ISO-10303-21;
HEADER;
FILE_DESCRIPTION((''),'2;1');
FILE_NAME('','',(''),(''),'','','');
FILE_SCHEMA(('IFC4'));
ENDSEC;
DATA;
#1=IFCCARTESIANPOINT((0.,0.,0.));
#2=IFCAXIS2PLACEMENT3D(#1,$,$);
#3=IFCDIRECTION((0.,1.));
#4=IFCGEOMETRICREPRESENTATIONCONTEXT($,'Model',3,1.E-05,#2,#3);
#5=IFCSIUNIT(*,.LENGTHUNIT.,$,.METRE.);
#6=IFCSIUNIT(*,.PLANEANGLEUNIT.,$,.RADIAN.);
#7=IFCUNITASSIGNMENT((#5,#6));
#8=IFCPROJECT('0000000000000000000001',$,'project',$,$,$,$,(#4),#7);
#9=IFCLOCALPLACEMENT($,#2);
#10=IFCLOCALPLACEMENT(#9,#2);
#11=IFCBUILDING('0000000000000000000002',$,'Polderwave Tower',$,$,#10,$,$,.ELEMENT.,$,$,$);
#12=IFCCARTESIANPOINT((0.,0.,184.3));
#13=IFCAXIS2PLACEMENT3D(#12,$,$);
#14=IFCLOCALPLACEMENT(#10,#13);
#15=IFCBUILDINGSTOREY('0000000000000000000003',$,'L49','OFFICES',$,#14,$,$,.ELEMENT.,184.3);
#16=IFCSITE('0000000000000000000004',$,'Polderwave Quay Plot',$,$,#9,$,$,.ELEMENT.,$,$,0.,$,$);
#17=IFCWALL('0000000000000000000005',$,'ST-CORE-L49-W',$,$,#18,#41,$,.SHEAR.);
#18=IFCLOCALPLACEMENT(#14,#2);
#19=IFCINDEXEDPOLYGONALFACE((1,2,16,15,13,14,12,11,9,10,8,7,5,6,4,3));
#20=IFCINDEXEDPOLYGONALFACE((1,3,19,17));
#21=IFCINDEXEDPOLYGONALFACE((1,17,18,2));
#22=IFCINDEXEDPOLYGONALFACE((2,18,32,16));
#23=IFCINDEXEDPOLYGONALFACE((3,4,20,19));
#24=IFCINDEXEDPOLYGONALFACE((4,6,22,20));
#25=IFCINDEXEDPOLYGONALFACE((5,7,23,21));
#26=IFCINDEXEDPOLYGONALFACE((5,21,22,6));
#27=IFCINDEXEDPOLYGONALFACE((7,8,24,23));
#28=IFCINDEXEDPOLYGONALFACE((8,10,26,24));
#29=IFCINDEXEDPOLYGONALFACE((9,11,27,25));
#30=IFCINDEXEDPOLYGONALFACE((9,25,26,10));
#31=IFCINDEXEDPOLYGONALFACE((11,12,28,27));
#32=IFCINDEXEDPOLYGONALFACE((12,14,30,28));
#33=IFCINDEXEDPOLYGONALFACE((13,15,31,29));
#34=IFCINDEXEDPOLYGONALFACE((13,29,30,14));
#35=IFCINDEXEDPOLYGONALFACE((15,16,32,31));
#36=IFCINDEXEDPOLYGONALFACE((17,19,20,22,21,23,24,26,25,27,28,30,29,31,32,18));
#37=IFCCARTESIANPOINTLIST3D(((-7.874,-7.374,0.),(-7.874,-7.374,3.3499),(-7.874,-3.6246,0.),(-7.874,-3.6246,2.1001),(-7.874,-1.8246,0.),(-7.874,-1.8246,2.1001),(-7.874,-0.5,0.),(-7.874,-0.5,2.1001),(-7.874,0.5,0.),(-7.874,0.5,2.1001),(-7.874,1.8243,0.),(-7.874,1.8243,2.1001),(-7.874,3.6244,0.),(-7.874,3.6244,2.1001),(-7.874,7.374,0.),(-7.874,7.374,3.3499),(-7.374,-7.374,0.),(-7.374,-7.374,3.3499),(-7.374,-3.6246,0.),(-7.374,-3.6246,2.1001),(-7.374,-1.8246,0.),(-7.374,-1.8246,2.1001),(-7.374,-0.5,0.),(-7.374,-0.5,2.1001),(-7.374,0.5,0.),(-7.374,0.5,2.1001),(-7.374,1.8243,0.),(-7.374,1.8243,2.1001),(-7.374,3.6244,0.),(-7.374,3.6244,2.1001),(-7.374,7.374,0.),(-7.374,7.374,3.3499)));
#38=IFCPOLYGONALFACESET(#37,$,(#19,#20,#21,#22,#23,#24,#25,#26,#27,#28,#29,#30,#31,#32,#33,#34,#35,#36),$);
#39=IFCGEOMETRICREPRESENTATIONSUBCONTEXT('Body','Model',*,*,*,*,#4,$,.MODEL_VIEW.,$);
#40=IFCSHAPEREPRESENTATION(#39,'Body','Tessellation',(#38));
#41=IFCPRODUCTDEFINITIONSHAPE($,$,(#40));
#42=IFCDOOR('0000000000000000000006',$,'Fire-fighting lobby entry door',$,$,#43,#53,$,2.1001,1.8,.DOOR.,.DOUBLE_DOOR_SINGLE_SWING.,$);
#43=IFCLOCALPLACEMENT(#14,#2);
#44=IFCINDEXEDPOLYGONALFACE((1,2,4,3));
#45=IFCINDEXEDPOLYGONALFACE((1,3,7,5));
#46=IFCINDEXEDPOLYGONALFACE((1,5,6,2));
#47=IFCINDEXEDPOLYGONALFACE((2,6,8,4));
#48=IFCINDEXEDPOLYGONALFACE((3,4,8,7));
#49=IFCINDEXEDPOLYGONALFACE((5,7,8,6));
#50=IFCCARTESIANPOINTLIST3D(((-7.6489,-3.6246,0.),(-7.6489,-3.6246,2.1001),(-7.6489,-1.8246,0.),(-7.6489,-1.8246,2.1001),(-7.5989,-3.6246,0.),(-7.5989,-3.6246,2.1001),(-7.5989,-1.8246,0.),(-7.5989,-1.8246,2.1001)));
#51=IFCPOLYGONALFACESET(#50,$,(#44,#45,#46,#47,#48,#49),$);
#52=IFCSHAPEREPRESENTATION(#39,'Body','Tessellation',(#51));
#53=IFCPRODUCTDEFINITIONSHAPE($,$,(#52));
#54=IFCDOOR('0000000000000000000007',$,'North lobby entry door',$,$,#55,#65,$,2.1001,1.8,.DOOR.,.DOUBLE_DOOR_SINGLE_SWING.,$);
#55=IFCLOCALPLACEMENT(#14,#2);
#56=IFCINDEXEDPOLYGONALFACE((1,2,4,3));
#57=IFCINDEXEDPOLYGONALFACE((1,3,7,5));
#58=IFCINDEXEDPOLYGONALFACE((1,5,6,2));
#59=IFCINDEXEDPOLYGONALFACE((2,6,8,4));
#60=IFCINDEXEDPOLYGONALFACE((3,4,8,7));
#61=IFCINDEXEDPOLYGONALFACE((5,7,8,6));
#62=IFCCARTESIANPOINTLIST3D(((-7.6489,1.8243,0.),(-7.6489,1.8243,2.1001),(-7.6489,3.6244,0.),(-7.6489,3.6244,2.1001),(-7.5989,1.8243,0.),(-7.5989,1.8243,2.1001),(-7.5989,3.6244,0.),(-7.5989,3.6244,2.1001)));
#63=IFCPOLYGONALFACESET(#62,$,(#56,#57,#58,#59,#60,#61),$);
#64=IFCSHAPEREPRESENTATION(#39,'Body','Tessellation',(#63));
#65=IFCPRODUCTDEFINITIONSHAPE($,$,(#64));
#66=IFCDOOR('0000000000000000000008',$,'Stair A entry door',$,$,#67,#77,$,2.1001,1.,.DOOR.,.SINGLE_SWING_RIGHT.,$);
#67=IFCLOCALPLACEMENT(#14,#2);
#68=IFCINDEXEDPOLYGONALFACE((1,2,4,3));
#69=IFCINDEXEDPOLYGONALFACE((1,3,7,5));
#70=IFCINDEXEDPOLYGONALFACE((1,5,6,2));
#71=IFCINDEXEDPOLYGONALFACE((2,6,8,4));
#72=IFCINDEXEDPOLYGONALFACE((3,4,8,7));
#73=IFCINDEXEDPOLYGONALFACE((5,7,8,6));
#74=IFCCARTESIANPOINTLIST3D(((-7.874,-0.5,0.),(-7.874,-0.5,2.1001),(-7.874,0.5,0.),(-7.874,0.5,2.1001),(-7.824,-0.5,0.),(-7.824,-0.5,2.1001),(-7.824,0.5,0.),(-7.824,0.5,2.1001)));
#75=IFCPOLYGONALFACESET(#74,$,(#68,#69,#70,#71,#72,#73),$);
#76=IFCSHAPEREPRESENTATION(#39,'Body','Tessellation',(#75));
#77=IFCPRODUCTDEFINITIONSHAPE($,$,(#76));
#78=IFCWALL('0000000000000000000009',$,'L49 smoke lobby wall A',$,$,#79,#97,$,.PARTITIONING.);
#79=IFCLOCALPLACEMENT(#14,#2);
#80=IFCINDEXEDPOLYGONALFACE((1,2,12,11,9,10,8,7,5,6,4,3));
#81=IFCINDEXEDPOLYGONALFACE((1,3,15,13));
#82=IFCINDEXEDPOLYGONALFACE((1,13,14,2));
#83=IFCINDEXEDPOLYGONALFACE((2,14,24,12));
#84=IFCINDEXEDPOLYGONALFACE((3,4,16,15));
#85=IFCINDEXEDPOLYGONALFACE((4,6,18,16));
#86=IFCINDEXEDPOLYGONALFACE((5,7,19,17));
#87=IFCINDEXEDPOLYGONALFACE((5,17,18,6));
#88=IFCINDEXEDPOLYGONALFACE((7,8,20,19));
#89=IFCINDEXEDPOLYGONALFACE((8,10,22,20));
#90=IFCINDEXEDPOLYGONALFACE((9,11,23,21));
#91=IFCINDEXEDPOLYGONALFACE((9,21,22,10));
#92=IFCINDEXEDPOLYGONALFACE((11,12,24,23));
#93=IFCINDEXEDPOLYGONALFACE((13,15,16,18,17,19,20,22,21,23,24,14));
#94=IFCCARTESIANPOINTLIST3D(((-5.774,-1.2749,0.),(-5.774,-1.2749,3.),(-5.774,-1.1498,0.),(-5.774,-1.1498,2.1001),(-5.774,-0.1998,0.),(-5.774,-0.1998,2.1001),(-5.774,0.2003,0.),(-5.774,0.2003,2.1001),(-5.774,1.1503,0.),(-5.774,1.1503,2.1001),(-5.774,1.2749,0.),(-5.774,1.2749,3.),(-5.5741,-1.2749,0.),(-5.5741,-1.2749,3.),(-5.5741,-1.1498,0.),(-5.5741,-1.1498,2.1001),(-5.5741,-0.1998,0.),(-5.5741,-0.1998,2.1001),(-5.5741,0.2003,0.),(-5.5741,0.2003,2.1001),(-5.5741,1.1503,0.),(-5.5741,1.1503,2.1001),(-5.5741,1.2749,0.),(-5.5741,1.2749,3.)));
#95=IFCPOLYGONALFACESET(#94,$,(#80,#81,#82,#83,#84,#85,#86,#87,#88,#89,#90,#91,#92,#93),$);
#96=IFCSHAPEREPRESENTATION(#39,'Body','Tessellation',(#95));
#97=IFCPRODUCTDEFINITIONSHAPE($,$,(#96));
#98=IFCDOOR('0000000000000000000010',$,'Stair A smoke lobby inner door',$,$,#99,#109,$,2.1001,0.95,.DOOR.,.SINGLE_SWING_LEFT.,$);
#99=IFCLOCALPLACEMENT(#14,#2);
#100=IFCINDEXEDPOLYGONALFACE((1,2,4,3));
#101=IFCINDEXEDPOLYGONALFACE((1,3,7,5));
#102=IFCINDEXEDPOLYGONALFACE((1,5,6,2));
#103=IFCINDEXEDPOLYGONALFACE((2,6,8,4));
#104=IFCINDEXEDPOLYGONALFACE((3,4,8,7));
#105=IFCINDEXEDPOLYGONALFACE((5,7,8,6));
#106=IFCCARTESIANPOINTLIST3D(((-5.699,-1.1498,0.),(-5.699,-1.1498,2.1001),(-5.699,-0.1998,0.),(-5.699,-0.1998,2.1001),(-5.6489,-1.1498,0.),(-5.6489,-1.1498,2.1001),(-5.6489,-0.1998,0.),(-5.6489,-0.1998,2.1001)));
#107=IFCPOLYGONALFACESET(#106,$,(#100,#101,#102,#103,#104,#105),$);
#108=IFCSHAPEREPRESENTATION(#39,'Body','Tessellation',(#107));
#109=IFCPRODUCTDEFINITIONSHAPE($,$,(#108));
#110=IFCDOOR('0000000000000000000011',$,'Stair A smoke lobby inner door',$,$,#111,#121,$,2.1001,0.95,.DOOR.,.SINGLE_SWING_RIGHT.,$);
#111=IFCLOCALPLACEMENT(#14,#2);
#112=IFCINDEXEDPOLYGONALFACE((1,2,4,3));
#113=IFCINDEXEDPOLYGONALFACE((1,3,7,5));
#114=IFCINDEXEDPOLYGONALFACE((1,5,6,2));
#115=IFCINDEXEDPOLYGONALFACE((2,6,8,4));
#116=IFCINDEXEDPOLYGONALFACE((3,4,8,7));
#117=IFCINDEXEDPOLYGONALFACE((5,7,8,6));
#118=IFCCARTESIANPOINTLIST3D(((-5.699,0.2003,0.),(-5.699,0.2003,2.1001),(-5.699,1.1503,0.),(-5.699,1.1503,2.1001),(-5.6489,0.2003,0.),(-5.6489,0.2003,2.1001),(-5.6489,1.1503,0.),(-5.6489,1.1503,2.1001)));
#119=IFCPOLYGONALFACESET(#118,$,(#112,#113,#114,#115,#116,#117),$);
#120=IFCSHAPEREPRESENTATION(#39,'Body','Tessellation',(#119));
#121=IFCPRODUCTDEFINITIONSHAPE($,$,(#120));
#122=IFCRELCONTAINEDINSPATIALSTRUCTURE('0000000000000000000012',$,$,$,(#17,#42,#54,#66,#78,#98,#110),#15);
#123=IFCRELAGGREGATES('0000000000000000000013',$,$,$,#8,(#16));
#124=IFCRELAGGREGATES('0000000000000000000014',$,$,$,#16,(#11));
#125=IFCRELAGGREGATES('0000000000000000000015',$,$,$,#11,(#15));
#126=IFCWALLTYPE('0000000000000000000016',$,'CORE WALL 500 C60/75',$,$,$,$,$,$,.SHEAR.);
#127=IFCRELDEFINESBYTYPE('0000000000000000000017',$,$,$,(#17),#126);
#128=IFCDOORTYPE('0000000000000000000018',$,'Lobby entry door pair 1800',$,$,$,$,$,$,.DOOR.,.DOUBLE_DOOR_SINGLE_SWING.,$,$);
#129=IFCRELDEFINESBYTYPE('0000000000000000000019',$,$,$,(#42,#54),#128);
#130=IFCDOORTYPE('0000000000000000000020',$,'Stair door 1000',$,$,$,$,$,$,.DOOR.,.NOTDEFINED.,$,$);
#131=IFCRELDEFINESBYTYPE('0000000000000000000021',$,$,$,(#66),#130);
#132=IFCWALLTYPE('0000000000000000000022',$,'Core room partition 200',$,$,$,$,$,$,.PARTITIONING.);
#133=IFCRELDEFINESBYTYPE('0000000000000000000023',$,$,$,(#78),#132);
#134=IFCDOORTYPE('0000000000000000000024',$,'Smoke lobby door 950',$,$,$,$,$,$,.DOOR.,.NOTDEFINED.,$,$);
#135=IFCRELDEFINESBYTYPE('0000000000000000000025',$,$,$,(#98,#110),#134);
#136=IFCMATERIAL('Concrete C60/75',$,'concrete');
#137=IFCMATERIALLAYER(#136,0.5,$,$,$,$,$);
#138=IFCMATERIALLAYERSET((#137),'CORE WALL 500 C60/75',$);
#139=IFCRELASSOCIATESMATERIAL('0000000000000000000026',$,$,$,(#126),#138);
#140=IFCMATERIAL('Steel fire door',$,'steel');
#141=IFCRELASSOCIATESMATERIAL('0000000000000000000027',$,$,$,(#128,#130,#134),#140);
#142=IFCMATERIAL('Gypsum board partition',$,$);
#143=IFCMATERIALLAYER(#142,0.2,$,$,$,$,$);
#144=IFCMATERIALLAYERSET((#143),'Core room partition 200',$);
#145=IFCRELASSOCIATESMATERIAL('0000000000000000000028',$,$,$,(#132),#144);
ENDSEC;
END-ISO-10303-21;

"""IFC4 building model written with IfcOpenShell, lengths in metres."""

from ifc_helpers import new_model, si_unit, direction, frame, frame_2d, origin, place, context, subcontext, project, spatial, rectangle, extrude, material, layer, layer_set, type_object, element, fill, save


model = new_model("IFC4")

# Units and contexts
model_context = context("Model", 3, precision=1e-05, world=origin(), true_north=direction((0.0, 1.0)))
body_context = subcontext(model_context, "Body", "Model", "MODEL_VIEW")
ifc_project = project(units=[si_unit("LENGTHUNIT", "METRE"), si_unit("PLANEANGLEUNIT", "RADIAN")], contexts=[model_context])

# Site, building, storey
site_placement = place(None, origin())
site = spatial("IfcSite", under=ifc_project, at=site_placement, Name="Polderwave Quay Plot", CompositionType="ELEMENT", RefElevation=0.0)
building_placement = place(site_placement, origin())
building = spatial("IfcBuilding", under=site, at=building_placement, Name="Polderwave Tower", CompositionType="ELEMENT")
storey_placement = place(building_placement, frame((0.0, 0.0, 184.3)))
storey = spatial("IfcBuildingStorey", under=building, at=storey_placement, Name="L49", Description="OFFICES", CompositionType="ELEMENT", Elevation=184.3)

# Walls, openings, doors
ifc_material_1 = material(Name="Concrete C60/75", Category="concrete")
ifc_layer_1 = layer(ifc_material_1, 0.5)
ifc_layer_set_1 = layer_set([ifc_layer_1], Name="CORE WALL 500 C60/75")
wall_type_1 = type_object("IfcWallType", Name="CORE WALL 500 C60/75", PredefinedType="SHEAR", material=ifc_layer_set_1)
wall_1_placement = place(storey_placement, frame((-7.624, -7.374, 0.0), z_axis=(0.0, 0.0, 1.0), x_axis=(0.0, 1.0, 0.0)))
wall_1 = element("IfcWall", 1, at=wall_1_placement, inside=storey, type_object=wall_type_1, Name="ST-CORE-L49-W", PredefinedType="SHEAR", context=body_context, shape_type="SweptSolid", body=[
    extrude(rectangle(XDim=14.748, YDim=0.5, at=frame_2d((7.374, 0.0))), origin(), (0.0, 0.0, 1.0), 3.3499),
])
opening_1_placement = place(wall_1_placement, frame((6.874, 0.0, 0.0)))
opening_1 = element("IfcOpeningElement", 2, at=opening_1_placement, cuts=wall_1, PredefinedType="OPENING", context=body_context, shape_type="SweptSolid", body=[
    extrude(rectangle(XDim=1.0, YDim=2.1001, at=frame_2d((0.5, 1.05))), frame((0.0, 0.26, 0.0), z_axis=(0.0, -1.0, 0.0), x_axis=(1.0, 0.0, 0.0)), (0.0, 0.0, 1.0), 0.52),
])
opening_2_placement = place(wall_1_placement, frame((3.7495, 0.0, 0.0)))
opening_2 = element("IfcOpeningElement", 3, at=opening_2_placement, cuts=wall_1, PredefinedType="OPENING", context=body_context, shape_type="SweptSolid", body=[
    extrude(rectangle(XDim=1.8, YDim=2.1001, at=frame_2d((0.8999, 1.05))), frame((0.0, 0.26, 0.0), z_axis=(0.0, -1.0, 0.0), x_axis=(1.0, 0.0, 0.0)), (0.0, 0.0, 1.0), 0.52),
])
opening_3_placement = place(wall_1_placement, frame((9.1985, 0.0, 0.0)))
opening_3 = element("IfcOpeningElement", 4, at=opening_3_placement, cuts=wall_1, PredefinedType="OPENING", context=body_context, shape_type="SweptSolid", body=[
    extrude(rectangle(XDim=1.8, YDim=2.1001, at=frame_2d((0.8999, 1.05))), frame((0.0, 0.26, 0.0), z_axis=(0.0, -1.0, 0.0), x_axis=(1.0, 0.0, 0.0)), (0.0, 0.0, 1.0), 0.52),
])
ifc_material_2 = material(Name="Steel fire door", Category="steel")
door_type_1 = type_object("IfcDoorType", Name="Lobby entry door pair 1800", OperationType="DOUBLE_DOOR_SINGLE_SWING", PredefinedType="DOOR", material=ifc_material_2)
door_1_placement = place(opening_2_placement, origin())
door_1 = element("IfcDoor", 5, at=door_1_placement, inside=storey, type_object=door_type_1, Name="Fire-fighting lobby entry door", OperationType="DOUBLE_DOOR_SINGLE_SWING", OverallHeight=2.1001, OverallWidth=1.8, PredefinedType="DOOR", context=body_context, shape_type="SweptSolid", body=[
    extrude(rectangle(XDim=1.8, YDim=2.1001, at=frame_2d((0.8999, 1.05))), frame((0.0, 0.0249, 0.0), z_axis=(0.0, -1.0, 0.0), x_axis=(1.0, 0.0, 0.0)), (0.0, 0.0, 1.0), 0.05),
])
fill(opening_2, door_1)
door_2_placement = place(opening_3_placement, origin())
door_2 = element("IfcDoor", 6, at=door_2_placement, inside=storey, type_object=door_type_1, Name="North lobby entry door", OperationType="DOUBLE_DOOR_SINGLE_SWING", OverallHeight=2.1001, OverallWidth=1.8, PredefinedType="DOOR", context=body_context, shape_type="SweptSolid", body=[
    extrude(rectangle(XDim=1.8, YDim=2.1001, at=frame_2d((0.8999, 1.05))), frame((0.0, 0.0249, 0.0), z_axis=(0.0, -1.0, 0.0), x_axis=(1.0, 0.0, 0.0)), (0.0, 0.0, 1.0), 0.05),
])
fill(opening_3, door_2)
door_type_2 = type_object("IfcDoorType", Name="Stair door 1000", OperationType="NOTDEFINED", PredefinedType="DOOR", material=ifc_material_2)
door_3_placement = place(opening_1_placement, origin())
door_3 = element("IfcDoor", 7, at=door_3_placement, inside=storey, type_object=door_type_2, Name="Stair A entry door", OperationType="SINGLE_SWING_RIGHT", OverallHeight=2.1001, OverallWidth=1.0, PredefinedType="DOOR", context=body_context, shape_type="SweptSolid", body=[
    extrude(rectangle(XDim=1.0, YDim=2.1001, at=frame_2d((0.5, 1.05))), frame((0.0, 0.25, 0.0), z_axis=(0.0, -1.0, 0.0), x_axis=(1.0, 0.0, 0.0)), (0.0, 0.0, 1.0), 0.05),
])
fill(opening_1, door_3)
ifc_material_3 = material(Name="Gypsum board partition")
ifc_layer_2 = layer(ifc_material_3, 0.2)
ifc_layer_set_2 = layer_set([ifc_layer_2], Name="Core room partition 200")
wall_type_2 = type_object("IfcWallType", Name="Core room partition 200", PredefinedType="PARTITIONING", material=ifc_layer_set_2)
wall_2_placement = place(storey_placement, frame((-5.6741, -1.2749, 0.0), z_axis=(0.0, 0.0, 1.0), x_axis=(0.0, 1.0, 0.0)))
wall_2 = element("IfcWall", 8, at=wall_2_placement, inside=storey, type_object=wall_type_2, Name="L49 smoke lobby wall A", PredefinedType="PARTITIONING", context=body_context, shape_type="SweptSolid", body=[
    extrude(rectangle(XDim=2.5498, YDim=0.2, at=frame_2d((1.2749, 0.0))), origin(), (0.0, 0.0, 1.0), 3.0),
])
opening_4_placement = place(wall_2_placement, frame((0.125, 0.0, 0.0)))
opening_4 = element("IfcOpeningElement", 9, at=opening_4_placement, cuts=wall_2, PredefinedType="OPENING", context=body_context, shape_type="SweptSolid", body=[
    extrude(rectangle(XDim=0.95, YDim=2.1001, at=frame_2d((0.4751, 1.05))), frame((0.0, 0.1099, 0.0), z_axis=(0.0, -1.0, 0.0), x_axis=(1.0, 0.0, 0.0)), (0.0, 0.0, 1.0), 0.22),
])
opening_5_placement = place(wall_2_placement, frame((1.4751, 0.0, 0.0)))
opening_5 = element("IfcOpeningElement", 10, at=opening_5_placement, cuts=wall_2, PredefinedType="OPENING", context=body_context, shape_type="SweptSolid", body=[
    extrude(rectangle(XDim=0.95, YDim=2.1001, at=frame_2d((0.4751, 1.05))), frame((0.0, 0.1099, 0.0), z_axis=(0.0, -1.0, 0.0), x_axis=(1.0, 0.0, 0.0)), (0.0, 0.0, 1.0), 0.22),
])
door_type_3 = type_object("IfcDoorType", Name="Smoke lobby door 950", OperationType="NOTDEFINED", PredefinedType="DOOR", material=ifc_material_2)
door_4_placement = place(opening_4_placement, origin())
door_4 = element("IfcDoor", 11, at=door_4_placement, inside=storey, type_object=door_type_3, Name="Stair A smoke lobby inner door", OperationType="SINGLE_SWING_LEFT", OverallHeight=2.1001, OverallWidth=0.95, PredefinedType="DOOR", context=body_context, shape_type="SweptSolid", body=[
    extrude(rectangle(XDim=0.95, YDim=2.1001, at=frame_2d((0.4751, 1.05))), frame((0.0, 0.0249, 0.0), z_axis=(0.0, -1.0, 0.0), x_axis=(1.0, 0.0, 0.0)), (0.0, 0.0, 1.0), 0.05),
])
fill(opening_4, door_4)
door_5_placement = place(opening_5_placement, origin())
door_5 = element("IfcDoor", 12, at=door_5_placement, inside=storey, type_object=door_type_3, Name="Stair A smoke lobby inner door", OperationType="SINGLE_SWING_RIGHT", OverallHeight=2.1001, OverallWidth=0.95, PredefinedType="DOOR", context=body_context, shape_type="SweptSolid", body=[
    extrude(rectangle(XDim=0.95, YDim=2.1001, at=frame_2d((0.4751, 1.05))), frame((0.0, 0.0249, 0.0), z_axis=(0.0, -1.0, 0.0), x_axis=(1.0, 0.0, 0.0)), (0.0, 0.0, 1.0), 0.05),
])
fill(opening_5, door_5)

save(model, "model.ifc")
